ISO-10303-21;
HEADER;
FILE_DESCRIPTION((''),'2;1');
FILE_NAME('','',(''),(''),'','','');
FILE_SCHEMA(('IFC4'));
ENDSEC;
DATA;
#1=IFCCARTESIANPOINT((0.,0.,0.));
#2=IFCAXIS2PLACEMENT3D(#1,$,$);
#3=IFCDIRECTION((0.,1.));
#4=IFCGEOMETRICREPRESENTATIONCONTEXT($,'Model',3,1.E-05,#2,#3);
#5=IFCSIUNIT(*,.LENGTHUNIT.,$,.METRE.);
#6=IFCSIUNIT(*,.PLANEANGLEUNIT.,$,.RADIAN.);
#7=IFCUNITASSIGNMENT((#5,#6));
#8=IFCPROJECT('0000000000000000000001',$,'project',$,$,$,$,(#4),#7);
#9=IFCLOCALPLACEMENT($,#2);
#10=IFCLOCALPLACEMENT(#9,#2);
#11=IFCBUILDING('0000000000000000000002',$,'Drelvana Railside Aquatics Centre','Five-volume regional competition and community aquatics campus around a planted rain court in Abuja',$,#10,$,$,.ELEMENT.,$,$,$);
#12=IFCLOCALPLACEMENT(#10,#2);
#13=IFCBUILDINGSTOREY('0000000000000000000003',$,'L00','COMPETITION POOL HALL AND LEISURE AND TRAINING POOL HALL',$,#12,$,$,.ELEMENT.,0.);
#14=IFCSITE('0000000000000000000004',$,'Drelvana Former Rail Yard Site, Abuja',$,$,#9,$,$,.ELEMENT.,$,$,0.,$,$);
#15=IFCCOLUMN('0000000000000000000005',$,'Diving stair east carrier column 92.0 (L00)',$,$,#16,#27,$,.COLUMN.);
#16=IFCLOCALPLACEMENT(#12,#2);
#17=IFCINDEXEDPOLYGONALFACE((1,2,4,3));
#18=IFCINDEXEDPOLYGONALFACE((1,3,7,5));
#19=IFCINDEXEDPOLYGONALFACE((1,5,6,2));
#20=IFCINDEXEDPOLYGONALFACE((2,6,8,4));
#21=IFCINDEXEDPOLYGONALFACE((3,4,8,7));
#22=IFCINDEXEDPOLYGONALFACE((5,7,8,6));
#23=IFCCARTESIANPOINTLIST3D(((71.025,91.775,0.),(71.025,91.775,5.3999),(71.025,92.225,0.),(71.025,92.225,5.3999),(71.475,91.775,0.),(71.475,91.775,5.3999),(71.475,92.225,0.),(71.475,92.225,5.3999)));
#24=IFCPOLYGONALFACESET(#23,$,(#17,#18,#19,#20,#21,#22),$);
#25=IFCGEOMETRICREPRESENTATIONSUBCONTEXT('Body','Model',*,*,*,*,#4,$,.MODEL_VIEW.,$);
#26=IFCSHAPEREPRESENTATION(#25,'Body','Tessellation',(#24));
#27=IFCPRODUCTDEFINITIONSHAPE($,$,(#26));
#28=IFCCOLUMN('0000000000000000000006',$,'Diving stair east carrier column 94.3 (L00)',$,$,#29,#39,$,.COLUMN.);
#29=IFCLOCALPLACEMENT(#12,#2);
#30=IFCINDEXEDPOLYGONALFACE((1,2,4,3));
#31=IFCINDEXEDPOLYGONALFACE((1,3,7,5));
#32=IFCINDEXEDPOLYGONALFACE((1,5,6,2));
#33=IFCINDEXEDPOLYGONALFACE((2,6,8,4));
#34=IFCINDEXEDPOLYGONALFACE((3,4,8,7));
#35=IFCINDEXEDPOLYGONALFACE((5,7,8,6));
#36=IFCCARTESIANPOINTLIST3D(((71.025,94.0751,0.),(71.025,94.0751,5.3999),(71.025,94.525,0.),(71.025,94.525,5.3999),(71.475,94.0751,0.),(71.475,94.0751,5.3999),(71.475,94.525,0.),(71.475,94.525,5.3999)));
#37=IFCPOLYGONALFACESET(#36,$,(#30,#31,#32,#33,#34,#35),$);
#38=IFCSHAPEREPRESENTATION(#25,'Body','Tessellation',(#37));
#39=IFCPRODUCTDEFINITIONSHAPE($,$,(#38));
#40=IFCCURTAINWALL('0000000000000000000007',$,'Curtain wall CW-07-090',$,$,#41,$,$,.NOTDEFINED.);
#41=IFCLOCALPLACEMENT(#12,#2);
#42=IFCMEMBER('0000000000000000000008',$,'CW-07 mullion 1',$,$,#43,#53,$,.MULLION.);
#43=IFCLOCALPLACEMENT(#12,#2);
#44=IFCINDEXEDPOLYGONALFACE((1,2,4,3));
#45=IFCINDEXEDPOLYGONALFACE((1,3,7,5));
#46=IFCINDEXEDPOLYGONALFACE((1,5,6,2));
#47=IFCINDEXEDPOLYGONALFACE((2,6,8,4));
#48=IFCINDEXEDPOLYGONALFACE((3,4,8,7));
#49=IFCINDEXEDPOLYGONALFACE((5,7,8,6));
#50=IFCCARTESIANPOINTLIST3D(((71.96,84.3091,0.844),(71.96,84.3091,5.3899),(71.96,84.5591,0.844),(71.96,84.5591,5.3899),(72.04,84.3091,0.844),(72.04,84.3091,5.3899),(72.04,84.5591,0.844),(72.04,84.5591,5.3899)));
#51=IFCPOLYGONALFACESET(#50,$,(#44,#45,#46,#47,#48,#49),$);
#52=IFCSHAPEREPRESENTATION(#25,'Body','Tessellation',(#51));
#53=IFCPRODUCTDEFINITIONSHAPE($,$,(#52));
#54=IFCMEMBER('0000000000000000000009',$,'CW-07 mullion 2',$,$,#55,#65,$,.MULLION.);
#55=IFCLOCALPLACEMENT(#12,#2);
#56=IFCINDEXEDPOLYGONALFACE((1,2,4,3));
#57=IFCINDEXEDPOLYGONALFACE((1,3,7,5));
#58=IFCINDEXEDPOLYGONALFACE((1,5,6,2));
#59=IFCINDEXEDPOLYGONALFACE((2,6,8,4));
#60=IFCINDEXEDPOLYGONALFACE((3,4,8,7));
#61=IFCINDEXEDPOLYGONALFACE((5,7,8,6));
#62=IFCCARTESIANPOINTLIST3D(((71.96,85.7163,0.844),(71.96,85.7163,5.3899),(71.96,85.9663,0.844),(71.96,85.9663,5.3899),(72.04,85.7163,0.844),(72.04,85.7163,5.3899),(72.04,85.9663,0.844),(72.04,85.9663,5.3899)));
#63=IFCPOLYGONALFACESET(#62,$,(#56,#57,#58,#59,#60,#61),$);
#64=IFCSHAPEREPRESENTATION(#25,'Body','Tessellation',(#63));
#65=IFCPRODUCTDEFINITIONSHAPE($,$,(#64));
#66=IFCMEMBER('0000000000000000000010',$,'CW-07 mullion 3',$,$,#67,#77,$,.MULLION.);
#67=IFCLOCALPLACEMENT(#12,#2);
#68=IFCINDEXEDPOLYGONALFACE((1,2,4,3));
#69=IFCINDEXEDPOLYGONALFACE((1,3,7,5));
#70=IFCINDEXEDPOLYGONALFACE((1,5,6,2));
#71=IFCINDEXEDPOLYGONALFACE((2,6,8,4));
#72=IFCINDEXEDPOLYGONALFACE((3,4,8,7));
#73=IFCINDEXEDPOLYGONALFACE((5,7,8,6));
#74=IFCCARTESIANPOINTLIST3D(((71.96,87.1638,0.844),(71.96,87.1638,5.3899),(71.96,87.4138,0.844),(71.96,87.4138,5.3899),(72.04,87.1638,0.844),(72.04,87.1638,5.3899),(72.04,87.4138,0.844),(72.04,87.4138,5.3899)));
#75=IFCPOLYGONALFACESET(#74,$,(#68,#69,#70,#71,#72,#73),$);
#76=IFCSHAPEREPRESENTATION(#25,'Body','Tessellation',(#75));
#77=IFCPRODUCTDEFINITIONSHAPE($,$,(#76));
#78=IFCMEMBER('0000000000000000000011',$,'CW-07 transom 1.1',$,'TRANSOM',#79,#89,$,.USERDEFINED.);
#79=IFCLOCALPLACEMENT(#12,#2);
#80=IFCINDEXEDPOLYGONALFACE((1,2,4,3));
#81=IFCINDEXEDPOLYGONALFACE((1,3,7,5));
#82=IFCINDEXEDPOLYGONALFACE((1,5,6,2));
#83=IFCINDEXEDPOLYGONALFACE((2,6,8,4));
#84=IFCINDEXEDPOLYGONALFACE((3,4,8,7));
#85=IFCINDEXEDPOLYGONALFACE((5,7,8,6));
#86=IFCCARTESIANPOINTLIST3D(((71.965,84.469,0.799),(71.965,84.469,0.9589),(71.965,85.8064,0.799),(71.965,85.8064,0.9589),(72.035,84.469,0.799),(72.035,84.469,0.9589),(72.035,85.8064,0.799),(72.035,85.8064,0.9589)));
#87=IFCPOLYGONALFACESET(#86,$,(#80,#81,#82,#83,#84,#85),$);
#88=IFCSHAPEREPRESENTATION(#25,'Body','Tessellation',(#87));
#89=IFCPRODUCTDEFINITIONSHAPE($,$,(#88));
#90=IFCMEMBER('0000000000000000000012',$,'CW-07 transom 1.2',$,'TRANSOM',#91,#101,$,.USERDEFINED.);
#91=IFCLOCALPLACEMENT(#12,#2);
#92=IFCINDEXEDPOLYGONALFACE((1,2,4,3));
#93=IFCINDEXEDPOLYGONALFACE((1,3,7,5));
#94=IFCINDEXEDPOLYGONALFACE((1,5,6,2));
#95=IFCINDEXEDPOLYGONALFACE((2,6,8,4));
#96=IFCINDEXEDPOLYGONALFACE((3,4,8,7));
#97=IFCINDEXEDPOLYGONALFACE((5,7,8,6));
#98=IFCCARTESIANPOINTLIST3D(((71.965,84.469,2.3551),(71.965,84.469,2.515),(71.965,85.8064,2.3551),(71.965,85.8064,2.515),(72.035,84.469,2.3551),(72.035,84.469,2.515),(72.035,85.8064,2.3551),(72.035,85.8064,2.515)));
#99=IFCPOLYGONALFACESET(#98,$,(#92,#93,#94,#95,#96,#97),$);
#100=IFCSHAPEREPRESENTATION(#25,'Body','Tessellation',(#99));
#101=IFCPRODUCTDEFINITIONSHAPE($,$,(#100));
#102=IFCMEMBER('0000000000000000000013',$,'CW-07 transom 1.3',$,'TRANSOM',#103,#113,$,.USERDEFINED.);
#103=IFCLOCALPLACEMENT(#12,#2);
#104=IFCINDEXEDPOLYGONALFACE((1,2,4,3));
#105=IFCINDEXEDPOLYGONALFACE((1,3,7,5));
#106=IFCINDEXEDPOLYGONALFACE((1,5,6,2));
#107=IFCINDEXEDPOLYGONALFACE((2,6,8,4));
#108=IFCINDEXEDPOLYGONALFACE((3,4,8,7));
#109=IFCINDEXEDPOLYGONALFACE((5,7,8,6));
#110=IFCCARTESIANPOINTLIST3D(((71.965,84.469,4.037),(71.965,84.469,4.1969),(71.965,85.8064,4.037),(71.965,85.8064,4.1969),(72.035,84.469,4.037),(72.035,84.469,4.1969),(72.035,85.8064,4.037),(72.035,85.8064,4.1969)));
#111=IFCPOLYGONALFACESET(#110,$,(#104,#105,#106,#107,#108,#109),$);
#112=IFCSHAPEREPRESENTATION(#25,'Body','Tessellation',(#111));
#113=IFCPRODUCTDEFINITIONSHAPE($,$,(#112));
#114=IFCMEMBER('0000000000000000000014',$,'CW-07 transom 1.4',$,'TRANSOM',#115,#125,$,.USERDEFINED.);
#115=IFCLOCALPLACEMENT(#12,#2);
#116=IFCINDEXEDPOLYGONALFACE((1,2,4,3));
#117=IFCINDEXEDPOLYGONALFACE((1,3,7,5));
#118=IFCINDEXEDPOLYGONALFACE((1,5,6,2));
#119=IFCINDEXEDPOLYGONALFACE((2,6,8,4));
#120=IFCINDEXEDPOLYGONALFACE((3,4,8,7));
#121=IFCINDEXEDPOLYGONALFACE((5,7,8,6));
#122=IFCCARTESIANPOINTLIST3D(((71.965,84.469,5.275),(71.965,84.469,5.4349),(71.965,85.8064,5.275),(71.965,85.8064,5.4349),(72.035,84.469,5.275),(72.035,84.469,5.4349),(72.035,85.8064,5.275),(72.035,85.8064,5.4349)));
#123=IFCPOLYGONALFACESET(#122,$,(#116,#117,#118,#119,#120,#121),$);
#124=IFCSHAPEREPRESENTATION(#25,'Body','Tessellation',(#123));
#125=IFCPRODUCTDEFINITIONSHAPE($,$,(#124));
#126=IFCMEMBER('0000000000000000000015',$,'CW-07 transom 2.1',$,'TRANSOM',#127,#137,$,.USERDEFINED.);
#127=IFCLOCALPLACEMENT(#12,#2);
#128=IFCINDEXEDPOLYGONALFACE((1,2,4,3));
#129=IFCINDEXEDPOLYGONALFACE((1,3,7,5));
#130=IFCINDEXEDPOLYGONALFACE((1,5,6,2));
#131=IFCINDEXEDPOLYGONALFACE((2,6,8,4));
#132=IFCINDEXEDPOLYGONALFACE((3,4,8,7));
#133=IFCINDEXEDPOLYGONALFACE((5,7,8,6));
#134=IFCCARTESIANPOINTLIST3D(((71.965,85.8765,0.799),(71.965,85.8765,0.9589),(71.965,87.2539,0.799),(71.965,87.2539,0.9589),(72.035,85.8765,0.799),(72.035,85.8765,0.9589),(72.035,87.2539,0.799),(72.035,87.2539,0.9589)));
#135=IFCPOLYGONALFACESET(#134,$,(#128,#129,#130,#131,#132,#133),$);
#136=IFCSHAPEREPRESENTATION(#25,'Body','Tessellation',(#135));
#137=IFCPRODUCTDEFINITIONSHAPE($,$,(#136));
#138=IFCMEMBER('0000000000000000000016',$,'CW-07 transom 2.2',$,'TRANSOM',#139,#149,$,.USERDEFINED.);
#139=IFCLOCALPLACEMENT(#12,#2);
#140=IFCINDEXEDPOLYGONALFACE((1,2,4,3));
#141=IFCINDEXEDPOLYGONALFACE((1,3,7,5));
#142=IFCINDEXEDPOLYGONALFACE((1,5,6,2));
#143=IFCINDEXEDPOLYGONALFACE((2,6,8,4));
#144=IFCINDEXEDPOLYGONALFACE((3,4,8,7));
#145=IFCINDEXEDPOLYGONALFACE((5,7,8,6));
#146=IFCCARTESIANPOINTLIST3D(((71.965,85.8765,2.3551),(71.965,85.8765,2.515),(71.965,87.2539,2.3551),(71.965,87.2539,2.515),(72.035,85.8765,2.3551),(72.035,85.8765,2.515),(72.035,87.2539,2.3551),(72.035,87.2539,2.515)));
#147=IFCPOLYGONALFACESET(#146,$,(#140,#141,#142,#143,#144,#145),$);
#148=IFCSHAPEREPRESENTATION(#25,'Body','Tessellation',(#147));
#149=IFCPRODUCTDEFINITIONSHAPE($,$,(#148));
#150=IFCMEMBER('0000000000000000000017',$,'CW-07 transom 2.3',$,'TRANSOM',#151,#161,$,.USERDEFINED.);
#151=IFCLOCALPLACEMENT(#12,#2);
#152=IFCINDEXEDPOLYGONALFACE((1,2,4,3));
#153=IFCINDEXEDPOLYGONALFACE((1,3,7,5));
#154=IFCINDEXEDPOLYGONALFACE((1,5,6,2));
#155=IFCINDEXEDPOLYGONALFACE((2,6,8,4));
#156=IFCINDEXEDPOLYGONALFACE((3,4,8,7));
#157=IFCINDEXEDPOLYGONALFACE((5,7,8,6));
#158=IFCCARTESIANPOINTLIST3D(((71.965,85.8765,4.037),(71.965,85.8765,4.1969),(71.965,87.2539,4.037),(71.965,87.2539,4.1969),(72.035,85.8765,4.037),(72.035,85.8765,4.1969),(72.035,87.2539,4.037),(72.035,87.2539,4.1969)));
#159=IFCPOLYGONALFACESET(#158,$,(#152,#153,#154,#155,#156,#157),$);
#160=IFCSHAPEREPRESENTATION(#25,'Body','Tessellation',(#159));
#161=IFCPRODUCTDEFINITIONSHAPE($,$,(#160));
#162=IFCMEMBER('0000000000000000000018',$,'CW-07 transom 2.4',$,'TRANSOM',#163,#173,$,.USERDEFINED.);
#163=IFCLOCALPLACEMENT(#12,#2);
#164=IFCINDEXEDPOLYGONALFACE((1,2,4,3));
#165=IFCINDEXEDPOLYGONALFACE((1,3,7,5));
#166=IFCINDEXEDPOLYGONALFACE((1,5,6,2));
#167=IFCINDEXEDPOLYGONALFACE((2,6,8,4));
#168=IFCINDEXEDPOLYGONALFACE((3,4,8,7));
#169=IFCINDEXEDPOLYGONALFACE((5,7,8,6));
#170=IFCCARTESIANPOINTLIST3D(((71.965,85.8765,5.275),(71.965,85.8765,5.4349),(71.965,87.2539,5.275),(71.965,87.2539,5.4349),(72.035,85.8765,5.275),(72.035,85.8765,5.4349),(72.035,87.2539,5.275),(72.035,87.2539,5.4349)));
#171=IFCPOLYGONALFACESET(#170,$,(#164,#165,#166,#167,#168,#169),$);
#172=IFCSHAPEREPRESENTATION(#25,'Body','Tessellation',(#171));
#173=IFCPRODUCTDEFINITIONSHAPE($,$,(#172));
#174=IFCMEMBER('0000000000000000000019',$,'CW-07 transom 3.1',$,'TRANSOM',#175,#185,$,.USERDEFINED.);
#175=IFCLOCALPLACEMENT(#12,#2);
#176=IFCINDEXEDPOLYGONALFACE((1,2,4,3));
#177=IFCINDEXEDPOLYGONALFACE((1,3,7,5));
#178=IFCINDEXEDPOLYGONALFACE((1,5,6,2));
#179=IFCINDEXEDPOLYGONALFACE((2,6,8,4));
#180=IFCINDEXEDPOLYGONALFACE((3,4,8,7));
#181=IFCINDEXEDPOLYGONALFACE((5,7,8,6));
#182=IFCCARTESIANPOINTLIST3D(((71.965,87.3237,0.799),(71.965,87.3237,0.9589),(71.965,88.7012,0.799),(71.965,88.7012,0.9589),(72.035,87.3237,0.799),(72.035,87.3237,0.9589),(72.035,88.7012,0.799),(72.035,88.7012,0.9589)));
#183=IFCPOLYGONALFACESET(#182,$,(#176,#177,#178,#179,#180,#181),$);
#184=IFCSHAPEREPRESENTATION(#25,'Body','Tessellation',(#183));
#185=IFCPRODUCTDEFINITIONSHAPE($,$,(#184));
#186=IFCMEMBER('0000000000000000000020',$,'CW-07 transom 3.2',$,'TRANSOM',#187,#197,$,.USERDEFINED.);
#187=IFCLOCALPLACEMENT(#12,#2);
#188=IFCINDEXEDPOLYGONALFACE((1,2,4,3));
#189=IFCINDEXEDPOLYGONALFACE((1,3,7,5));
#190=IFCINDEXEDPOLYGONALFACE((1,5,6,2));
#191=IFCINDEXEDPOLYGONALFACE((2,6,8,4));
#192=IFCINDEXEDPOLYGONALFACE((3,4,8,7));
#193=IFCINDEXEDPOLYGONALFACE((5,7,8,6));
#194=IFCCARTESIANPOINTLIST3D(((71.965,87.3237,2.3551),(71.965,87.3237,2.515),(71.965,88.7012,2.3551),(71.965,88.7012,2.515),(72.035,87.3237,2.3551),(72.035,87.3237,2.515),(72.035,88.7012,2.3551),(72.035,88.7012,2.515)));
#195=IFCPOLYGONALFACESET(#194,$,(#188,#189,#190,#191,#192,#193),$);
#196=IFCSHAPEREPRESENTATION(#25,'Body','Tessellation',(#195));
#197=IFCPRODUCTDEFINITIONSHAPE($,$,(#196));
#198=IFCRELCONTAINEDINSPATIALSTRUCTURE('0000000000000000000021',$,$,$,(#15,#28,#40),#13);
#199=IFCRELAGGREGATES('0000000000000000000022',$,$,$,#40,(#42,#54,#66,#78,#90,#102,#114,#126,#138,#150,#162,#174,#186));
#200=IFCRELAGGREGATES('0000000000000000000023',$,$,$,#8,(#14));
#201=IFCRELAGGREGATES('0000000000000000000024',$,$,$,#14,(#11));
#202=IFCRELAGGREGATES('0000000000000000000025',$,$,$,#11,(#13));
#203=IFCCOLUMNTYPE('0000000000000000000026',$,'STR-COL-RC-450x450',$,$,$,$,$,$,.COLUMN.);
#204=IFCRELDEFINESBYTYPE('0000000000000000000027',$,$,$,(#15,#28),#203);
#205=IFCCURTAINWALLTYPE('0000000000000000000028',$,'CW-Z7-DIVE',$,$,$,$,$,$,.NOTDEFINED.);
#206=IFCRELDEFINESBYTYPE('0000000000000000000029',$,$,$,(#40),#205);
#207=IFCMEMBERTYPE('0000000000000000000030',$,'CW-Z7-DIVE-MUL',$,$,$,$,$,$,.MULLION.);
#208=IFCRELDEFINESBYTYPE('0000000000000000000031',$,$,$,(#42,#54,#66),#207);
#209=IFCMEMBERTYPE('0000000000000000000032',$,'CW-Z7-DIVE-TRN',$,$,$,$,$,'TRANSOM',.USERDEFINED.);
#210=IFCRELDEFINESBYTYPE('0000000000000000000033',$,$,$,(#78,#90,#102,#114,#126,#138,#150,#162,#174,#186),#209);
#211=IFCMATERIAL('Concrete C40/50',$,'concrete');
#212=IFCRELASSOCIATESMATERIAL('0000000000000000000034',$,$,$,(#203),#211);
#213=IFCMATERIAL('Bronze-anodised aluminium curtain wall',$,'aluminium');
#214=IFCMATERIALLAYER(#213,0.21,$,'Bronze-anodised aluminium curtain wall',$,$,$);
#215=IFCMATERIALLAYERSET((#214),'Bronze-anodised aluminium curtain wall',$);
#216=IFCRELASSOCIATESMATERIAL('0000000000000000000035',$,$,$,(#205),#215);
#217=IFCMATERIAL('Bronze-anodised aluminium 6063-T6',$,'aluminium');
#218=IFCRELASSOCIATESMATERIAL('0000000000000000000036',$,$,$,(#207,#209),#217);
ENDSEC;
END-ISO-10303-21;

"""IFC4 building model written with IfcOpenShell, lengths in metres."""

from ifc_helpers import new_model, si_unit, direction, frame, origin, origin_2d, place, context, subcontext, project, spatial, rectangle, extrude, material, layer, layer_set, material_profile, profile_set, type_object, element, aggregate, save


model = new_model("IFC4")

# Units and contexts
model_context = context("Model", 3, precision=1e-05, world=origin(), true_north=direction((0.0, 1.0)))
body_context = subcontext(model_context, "Body", "Model", "MODEL_VIEW")
ifc_project = project(units=[si_unit("LENGTHUNIT", "METRE"), si_unit("PLANEANGLEUNIT", "RADIAN")], contexts=[model_context])

# Site, building, storey
site_placement = place(None, origin())
site = spatial("IfcSite", under=ifc_project, at=site_placement, Name="Drelvana Former Rail Yard Site, Abuja", CompositionType="ELEMENT", RefElevation=0.0)
building_placement = place(site_placement, origin())
building = spatial("IfcBuilding", under=site, at=building_placement, Name="Drelvana Railside Aquatics Centre", Description="Five-volume regional competition and community aquatics campus around a planted rain court in Abuja", CompositionType="ELEMENT")
storey_placement = place(building_placement, origin())
storey = spatial("IfcBuildingStorey", under=building, at=storey_placement, Name="L00", Description="COMPETITION POOL HALL AND LEISURE AND TRAINING POOL HALL", CompositionType="ELEMENT", Elevation=0.0)

# Columns
ifc_material_1 = material(Name="Concrete C40/50", Category="concrete")
ifc_material_profile_1 = material_profile(ifc_material_1, rectangle(XDim=0.45, YDim=0.45, at=origin_2d()), Name="RC 450x450")
ifc_profile_set_1 = profile_set([ifc_material_profile_1], Name="Concrete C40/50")
column_type = type_object("IfcColumnType", Name="STR-COL-RC-450x450", PredefinedType="COLUMN", material=ifc_profile_set_1)
for number, where, z_axis, x_axis, name in (
    (1, (71.25, 92.0, 0.0), (0.0, 0.0, 1.0), (1.0, 0.0, 0.0), "Diving stair east carrier column 92.0 (L00)"),
    (2, (71.25, 94.3, 0.0), (0.0, 0.0, 1.0), (1.0, 0.0, 0.0), "Diving stair east carrier column 94.3 (L00)"),
):
    element("IfcColumn", number, at=place(storey_placement, frame(where, z_axis=z_axis, x_axis=x_axis)), inside=storey, type_object=column_type, Name=name, PredefinedType="COLUMN", context=body_context, shape_type="SweptSolid", body=[
        extrude(rectangle(XDim=0.45, YDim=0.45, at=origin_2d()), origin(), (0.0, 0.0, 1.0), 5.3999),
    ])

# Curtain wall, members
ifc_material_2 = material(Name="Bronze-anodised aluminium curtain wall", Category="aluminium")
ifc_layer_1 = layer(ifc_material_2, 0.21, Name="Bronze-anodised aluminium curtain wall")
ifc_layer_set_1 = layer_set([ifc_layer_1], Name="Bronze-anodised aluminium curtain wall")
curtain_wall_type = type_object("IfcCurtainWallType", Name="CW-Z7-DIVE", PredefinedType="NOTDEFINED", material=ifc_layer_set_1)
curtain_wall_placement = place(storey_placement, origin())
curtain_wall = element("IfcCurtainWall", 3, at=curtain_wall_placement, inside=storey, type_object=curtain_wall_type, Name="Curtain wall CW-07-090", PredefinedType="NOTDEFINED")
ifc_material_3 = material(Name="Bronze-anodised aluminium 6063-T6", Category="aluminium")
ifc_material_profile_2 = material_profile(ifc_material_3, rectangle(XDim=0.0801, YDim=0.25, at=origin_2d()), Name="ALU-M 80x250")
ifc_profile_set_2 = profile_set([ifc_material_profile_2], Name="Bronze-anodised aluminium 6063-T6")
member_type_1 = type_object("IfcMemberType", Name="CW-Z7-DIVE-MUL", PredefinedType="MULLION", material=ifc_profile_set_2)
member_1_placement = place(storey_placement, frame((72.0, 84.4341, 0.844), z_axis=(0.0, 0.0, 1.0), x_axis=(-1.0, 0.0, 0.0)))
member_1 = element("IfcMember", 4, at=member_1_placement, type_object=member_type_1, Name="CW-07 mullion 1", PredefinedType="MULLION", context=body_context, shape_type="SweptSolid", body=[
    extrude(rectangle(XDim=0.0801, YDim=0.25, at=origin_2d()), origin(), (0.0, 0.0, 1.0), 4.5459),
])
member_2_placement = place(storey_placement, frame((72.0, 85.8413, 0.844), z_axis=(0.0, 0.0, 1.0), x_axis=(-1.0, 0.0, 0.0)))
member_2 = element("IfcMember", 5, at=member_2_placement, type_object=member_type_1, Name="CW-07 mullion 2", PredefinedType="MULLION", context=body_context, shape_type="SweptSolid", body=[
    extrude(rectangle(XDim=0.0801, YDim=0.25, at=origin_2d()), origin(), (0.0, 0.0, 1.0), 4.5459),
])
member_3_placement = place(storey_placement, frame((72.0, 87.2888, 0.844), z_axis=(0.0, 0.0, 1.0), x_axis=(-1.0, 0.0, 0.0)))
member_3 = element("IfcMember", 6, at=member_3_placement, type_object=member_type_1, Name="CW-07 mullion 3", PredefinedType="MULLION", context=body_context, shape_type="SweptSolid", body=[
    extrude(rectangle(XDim=0.0801, YDim=0.25, at=origin_2d()), origin(), (0.0, 0.0, 1.0), 4.5459),
])
ifc_material_profile_3 = material_profile(ifc_material_3, rectangle(XDim=0.1599, YDim=0.0701, at=origin_2d()), Name="ALU-T 70x160")
ifc_profile_set_3 = profile_set([ifc_material_profile_3], Name="Bronze-anodised aluminium 6063-T6")
member_type_2 = type_object("IfcMemberType", Name="CW-Z7-DIVE-TRN", ElementType="TRANSOM", PredefinedType="USERDEFINED", material=ifc_profile_set_3)
member_4_placement = place(storey_placement, frame((72.0, 84.469, 0.8789), z_axis=(0.0, 1.0, 0.0), x_axis=(0.0, 0.0, 1.0)))
member_4 = element("IfcMember", 7, at=member_4_placement, type_object=member_type_2, Name="CW-07 transom 1.1", ObjectType="TRANSOM", PredefinedType="USERDEFINED", context=body_context, shape_type="SweptSolid", body=[
    extrude(rectangle(XDim=0.1599, YDim=0.0701, at=origin_2d()), origin(), (0.0, 0.0, 1.0), 1.3374),
])
member_5_placement = place(storey_placement, frame((72.0, 84.469, 2.4351), z_axis=(0.0, 1.0, 0.0), x_axis=(0.0, 0.0, 1.0)))
member_5 = element("IfcMember", 8, at=member_5_placement, type_object=member_type_2, Name="CW-07 transom 1.2", ObjectType="TRANSOM", PredefinedType="USERDEFINED", context=body_context, shape_type="SweptSolid", body=[
    extrude(rectangle(XDim=0.1599, YDim=0.0701, at=origin_2d()), origin(), (0.0, 0.0, 1.0), 1.3374),
])
member_6_placement = place(storey_placement, frame((72.0, 84.469, 4.1169), z_axis=(0.0, 1.0, 0.0), x_axis=(0.0, 0.0, 1.0)))
member_6 = element("IfcMember", 9, at=member_6_placement, type_object=member_type_2, Name="CW-07 transom 1.3", ObjectType="TRANSOM", PredefinedType="USERDEFINED", context=body_context, shape_type="SweptSolid", body=[
    extrude(rectangle(XDim=0.1599, YDim=0.0701, at=origin_2d()), origin(), (0.0, 0.0, 1.0), 1.3374),
])
member_7_placement = place(storey_placement, frame((72.0, 84.469, 5.355), z_axis=(0.0, 1.0, 0.0), x_axis=(0.0, 0.0, 1.0)))
member_7 = element("IfcMember", 10, at=member_7_placement, type_object=member_type_2, Name="CW-07 transom 1.4", ObjectType="TRANSOM", PredefinedType="USERDEFINED", context=body_context, shape_type="SweptSolid", body=[
    extrude(rectangle(XDim=0.1599, YDim=0.0701, at=origin_2d()), origin(), (0.0, 0.0, 1.0), 1.3374),
])
member_8_placement = place(storey_placement, frame((72.0, 85.8765, 0.8789), z_axis=(0.0, 1.0, 0.0), x_axis=(0.0, 0.0, 1.0)))
member_8 = element("IfcMember", 11, at=member_8_placement, type_object=member_type_2, Name="CW-07 transom 2.1", ObjectType="TRANSOM", PredefinedType="USERDEFINED", context=body_context, shape_type="SweptSolid", body=[
    extrude(rectangle(XDim=0.1599, YDim=0.0701, at=origin_2d()), origin(), (0.0, 0.0, 1.0), 1.3774),
])
member_9_placement = place(storey_placement, frame((72.0, 85.8765, 2.4351), z_axis=(0.0, 1.0, 0.0), x_axis=(0.0, 0.0, 1.0)))
member_9 = element("IfcMember", 12, at=member_9_placement, type_object=member_type_2, Name="CW-07 transom 2.2", ObjectType="TRANSOM", PredefinedType="USERDEFINED", context=body_context, shape_type="SweptSolid", body=[
    extrude(rectangle(XDim=0.1599, YDim=0.0701, at=origin_2d()), origin(), (0.0, 0.0, 1.0), 1.3774),
])
member_10_placement = place(storey_placement, frame((72.0, 85.8765, 4.1169), z_axis=(0.0, 1.0, 0.0), x_axis=(0.0, 0.0, 1.0)))
member_10 = element("IfcMember", 13, at=member_10_placement, type_object=member_type_2, Name="CW-07 transom 2.3", ObjectType="TRANSOM", PredefinedType="USERDEFINED", context=body_context, shape_type="SweptSolid", body=[
    extrude(rectangle(XDim=0.1599, YDim=0.0701, at=origin_2d()), origin(), (0.0, 0.0, 1.0), 1.3774),
])
member_11_placement = place(storey_placement, frame((72.0, 85.8765, 5.355), z_axis=(0.0, 1.0, 0.0), x_axis=(0.0, 0.0, 1.0)))
member_11 = element("IfcMember", 14, at=member_11_placement, type_object=member_type_2, Name="CW-07 transom 2.4", ObjectType="TRANSOM", PredefinedType="USERDEFINED", context=body_context, shape_type="SweptSolid", body=[
    extrude(rectangle(XDim=0.1599, YDim=0.0701, at=origin_2d()), origin(), (0.0, 0.0, 1.0), 1.3774),
])
member_12_placement = place(storey_placement, frame((72.0, 87.3237, 0.8789), z_axis=(0.0, 1.0, 0.0), x_axis=(0.0, 0.0, 1.0)))
member_12 = element("IfcMember", 15, at=member_12_placement, type_object=member_type_2, Name="CW-07 transom 3.1", ObjectType="TRANSOM", PredefinedType="USERDEFINED", context=body_context, shape_type="SweptSolid", body=[
    extrude(rectangle(XDim=0.1599, YDim=0.0701, at=origin_2d()), origin(), (0.0, 0.0, 1.0), 1.3774),
])
member_13_placement = place(storey_placement, frame((72.0, 87.3237, 2.4351), z_axis=(0.0, 1.0, 0.0), x_axis=(0.0, 0.0, 1.0)))
member_13 = element("IfcMember", 16, at=member_13_placement, type_object=member_type_2, Name="CW-07 transom 3.2", ObjectType="TRANSOM", PredefinedType="USERDEFINED", context=body_context, shape_type="SweptSolid", body=[
    extrude(rectangle(XDim=0.1599, YDim=0.0701, at=origin_2d()), origin(), (0.0, 0.0, 1.0), 1.3774),
])

aggregate(curtain_wall, [member_1, member_2, member_3, member_4, member_5, member_6, member_7, member_8, member_9, member_10, member_11, member_12, member_13])

save(model, "model.ifc")
